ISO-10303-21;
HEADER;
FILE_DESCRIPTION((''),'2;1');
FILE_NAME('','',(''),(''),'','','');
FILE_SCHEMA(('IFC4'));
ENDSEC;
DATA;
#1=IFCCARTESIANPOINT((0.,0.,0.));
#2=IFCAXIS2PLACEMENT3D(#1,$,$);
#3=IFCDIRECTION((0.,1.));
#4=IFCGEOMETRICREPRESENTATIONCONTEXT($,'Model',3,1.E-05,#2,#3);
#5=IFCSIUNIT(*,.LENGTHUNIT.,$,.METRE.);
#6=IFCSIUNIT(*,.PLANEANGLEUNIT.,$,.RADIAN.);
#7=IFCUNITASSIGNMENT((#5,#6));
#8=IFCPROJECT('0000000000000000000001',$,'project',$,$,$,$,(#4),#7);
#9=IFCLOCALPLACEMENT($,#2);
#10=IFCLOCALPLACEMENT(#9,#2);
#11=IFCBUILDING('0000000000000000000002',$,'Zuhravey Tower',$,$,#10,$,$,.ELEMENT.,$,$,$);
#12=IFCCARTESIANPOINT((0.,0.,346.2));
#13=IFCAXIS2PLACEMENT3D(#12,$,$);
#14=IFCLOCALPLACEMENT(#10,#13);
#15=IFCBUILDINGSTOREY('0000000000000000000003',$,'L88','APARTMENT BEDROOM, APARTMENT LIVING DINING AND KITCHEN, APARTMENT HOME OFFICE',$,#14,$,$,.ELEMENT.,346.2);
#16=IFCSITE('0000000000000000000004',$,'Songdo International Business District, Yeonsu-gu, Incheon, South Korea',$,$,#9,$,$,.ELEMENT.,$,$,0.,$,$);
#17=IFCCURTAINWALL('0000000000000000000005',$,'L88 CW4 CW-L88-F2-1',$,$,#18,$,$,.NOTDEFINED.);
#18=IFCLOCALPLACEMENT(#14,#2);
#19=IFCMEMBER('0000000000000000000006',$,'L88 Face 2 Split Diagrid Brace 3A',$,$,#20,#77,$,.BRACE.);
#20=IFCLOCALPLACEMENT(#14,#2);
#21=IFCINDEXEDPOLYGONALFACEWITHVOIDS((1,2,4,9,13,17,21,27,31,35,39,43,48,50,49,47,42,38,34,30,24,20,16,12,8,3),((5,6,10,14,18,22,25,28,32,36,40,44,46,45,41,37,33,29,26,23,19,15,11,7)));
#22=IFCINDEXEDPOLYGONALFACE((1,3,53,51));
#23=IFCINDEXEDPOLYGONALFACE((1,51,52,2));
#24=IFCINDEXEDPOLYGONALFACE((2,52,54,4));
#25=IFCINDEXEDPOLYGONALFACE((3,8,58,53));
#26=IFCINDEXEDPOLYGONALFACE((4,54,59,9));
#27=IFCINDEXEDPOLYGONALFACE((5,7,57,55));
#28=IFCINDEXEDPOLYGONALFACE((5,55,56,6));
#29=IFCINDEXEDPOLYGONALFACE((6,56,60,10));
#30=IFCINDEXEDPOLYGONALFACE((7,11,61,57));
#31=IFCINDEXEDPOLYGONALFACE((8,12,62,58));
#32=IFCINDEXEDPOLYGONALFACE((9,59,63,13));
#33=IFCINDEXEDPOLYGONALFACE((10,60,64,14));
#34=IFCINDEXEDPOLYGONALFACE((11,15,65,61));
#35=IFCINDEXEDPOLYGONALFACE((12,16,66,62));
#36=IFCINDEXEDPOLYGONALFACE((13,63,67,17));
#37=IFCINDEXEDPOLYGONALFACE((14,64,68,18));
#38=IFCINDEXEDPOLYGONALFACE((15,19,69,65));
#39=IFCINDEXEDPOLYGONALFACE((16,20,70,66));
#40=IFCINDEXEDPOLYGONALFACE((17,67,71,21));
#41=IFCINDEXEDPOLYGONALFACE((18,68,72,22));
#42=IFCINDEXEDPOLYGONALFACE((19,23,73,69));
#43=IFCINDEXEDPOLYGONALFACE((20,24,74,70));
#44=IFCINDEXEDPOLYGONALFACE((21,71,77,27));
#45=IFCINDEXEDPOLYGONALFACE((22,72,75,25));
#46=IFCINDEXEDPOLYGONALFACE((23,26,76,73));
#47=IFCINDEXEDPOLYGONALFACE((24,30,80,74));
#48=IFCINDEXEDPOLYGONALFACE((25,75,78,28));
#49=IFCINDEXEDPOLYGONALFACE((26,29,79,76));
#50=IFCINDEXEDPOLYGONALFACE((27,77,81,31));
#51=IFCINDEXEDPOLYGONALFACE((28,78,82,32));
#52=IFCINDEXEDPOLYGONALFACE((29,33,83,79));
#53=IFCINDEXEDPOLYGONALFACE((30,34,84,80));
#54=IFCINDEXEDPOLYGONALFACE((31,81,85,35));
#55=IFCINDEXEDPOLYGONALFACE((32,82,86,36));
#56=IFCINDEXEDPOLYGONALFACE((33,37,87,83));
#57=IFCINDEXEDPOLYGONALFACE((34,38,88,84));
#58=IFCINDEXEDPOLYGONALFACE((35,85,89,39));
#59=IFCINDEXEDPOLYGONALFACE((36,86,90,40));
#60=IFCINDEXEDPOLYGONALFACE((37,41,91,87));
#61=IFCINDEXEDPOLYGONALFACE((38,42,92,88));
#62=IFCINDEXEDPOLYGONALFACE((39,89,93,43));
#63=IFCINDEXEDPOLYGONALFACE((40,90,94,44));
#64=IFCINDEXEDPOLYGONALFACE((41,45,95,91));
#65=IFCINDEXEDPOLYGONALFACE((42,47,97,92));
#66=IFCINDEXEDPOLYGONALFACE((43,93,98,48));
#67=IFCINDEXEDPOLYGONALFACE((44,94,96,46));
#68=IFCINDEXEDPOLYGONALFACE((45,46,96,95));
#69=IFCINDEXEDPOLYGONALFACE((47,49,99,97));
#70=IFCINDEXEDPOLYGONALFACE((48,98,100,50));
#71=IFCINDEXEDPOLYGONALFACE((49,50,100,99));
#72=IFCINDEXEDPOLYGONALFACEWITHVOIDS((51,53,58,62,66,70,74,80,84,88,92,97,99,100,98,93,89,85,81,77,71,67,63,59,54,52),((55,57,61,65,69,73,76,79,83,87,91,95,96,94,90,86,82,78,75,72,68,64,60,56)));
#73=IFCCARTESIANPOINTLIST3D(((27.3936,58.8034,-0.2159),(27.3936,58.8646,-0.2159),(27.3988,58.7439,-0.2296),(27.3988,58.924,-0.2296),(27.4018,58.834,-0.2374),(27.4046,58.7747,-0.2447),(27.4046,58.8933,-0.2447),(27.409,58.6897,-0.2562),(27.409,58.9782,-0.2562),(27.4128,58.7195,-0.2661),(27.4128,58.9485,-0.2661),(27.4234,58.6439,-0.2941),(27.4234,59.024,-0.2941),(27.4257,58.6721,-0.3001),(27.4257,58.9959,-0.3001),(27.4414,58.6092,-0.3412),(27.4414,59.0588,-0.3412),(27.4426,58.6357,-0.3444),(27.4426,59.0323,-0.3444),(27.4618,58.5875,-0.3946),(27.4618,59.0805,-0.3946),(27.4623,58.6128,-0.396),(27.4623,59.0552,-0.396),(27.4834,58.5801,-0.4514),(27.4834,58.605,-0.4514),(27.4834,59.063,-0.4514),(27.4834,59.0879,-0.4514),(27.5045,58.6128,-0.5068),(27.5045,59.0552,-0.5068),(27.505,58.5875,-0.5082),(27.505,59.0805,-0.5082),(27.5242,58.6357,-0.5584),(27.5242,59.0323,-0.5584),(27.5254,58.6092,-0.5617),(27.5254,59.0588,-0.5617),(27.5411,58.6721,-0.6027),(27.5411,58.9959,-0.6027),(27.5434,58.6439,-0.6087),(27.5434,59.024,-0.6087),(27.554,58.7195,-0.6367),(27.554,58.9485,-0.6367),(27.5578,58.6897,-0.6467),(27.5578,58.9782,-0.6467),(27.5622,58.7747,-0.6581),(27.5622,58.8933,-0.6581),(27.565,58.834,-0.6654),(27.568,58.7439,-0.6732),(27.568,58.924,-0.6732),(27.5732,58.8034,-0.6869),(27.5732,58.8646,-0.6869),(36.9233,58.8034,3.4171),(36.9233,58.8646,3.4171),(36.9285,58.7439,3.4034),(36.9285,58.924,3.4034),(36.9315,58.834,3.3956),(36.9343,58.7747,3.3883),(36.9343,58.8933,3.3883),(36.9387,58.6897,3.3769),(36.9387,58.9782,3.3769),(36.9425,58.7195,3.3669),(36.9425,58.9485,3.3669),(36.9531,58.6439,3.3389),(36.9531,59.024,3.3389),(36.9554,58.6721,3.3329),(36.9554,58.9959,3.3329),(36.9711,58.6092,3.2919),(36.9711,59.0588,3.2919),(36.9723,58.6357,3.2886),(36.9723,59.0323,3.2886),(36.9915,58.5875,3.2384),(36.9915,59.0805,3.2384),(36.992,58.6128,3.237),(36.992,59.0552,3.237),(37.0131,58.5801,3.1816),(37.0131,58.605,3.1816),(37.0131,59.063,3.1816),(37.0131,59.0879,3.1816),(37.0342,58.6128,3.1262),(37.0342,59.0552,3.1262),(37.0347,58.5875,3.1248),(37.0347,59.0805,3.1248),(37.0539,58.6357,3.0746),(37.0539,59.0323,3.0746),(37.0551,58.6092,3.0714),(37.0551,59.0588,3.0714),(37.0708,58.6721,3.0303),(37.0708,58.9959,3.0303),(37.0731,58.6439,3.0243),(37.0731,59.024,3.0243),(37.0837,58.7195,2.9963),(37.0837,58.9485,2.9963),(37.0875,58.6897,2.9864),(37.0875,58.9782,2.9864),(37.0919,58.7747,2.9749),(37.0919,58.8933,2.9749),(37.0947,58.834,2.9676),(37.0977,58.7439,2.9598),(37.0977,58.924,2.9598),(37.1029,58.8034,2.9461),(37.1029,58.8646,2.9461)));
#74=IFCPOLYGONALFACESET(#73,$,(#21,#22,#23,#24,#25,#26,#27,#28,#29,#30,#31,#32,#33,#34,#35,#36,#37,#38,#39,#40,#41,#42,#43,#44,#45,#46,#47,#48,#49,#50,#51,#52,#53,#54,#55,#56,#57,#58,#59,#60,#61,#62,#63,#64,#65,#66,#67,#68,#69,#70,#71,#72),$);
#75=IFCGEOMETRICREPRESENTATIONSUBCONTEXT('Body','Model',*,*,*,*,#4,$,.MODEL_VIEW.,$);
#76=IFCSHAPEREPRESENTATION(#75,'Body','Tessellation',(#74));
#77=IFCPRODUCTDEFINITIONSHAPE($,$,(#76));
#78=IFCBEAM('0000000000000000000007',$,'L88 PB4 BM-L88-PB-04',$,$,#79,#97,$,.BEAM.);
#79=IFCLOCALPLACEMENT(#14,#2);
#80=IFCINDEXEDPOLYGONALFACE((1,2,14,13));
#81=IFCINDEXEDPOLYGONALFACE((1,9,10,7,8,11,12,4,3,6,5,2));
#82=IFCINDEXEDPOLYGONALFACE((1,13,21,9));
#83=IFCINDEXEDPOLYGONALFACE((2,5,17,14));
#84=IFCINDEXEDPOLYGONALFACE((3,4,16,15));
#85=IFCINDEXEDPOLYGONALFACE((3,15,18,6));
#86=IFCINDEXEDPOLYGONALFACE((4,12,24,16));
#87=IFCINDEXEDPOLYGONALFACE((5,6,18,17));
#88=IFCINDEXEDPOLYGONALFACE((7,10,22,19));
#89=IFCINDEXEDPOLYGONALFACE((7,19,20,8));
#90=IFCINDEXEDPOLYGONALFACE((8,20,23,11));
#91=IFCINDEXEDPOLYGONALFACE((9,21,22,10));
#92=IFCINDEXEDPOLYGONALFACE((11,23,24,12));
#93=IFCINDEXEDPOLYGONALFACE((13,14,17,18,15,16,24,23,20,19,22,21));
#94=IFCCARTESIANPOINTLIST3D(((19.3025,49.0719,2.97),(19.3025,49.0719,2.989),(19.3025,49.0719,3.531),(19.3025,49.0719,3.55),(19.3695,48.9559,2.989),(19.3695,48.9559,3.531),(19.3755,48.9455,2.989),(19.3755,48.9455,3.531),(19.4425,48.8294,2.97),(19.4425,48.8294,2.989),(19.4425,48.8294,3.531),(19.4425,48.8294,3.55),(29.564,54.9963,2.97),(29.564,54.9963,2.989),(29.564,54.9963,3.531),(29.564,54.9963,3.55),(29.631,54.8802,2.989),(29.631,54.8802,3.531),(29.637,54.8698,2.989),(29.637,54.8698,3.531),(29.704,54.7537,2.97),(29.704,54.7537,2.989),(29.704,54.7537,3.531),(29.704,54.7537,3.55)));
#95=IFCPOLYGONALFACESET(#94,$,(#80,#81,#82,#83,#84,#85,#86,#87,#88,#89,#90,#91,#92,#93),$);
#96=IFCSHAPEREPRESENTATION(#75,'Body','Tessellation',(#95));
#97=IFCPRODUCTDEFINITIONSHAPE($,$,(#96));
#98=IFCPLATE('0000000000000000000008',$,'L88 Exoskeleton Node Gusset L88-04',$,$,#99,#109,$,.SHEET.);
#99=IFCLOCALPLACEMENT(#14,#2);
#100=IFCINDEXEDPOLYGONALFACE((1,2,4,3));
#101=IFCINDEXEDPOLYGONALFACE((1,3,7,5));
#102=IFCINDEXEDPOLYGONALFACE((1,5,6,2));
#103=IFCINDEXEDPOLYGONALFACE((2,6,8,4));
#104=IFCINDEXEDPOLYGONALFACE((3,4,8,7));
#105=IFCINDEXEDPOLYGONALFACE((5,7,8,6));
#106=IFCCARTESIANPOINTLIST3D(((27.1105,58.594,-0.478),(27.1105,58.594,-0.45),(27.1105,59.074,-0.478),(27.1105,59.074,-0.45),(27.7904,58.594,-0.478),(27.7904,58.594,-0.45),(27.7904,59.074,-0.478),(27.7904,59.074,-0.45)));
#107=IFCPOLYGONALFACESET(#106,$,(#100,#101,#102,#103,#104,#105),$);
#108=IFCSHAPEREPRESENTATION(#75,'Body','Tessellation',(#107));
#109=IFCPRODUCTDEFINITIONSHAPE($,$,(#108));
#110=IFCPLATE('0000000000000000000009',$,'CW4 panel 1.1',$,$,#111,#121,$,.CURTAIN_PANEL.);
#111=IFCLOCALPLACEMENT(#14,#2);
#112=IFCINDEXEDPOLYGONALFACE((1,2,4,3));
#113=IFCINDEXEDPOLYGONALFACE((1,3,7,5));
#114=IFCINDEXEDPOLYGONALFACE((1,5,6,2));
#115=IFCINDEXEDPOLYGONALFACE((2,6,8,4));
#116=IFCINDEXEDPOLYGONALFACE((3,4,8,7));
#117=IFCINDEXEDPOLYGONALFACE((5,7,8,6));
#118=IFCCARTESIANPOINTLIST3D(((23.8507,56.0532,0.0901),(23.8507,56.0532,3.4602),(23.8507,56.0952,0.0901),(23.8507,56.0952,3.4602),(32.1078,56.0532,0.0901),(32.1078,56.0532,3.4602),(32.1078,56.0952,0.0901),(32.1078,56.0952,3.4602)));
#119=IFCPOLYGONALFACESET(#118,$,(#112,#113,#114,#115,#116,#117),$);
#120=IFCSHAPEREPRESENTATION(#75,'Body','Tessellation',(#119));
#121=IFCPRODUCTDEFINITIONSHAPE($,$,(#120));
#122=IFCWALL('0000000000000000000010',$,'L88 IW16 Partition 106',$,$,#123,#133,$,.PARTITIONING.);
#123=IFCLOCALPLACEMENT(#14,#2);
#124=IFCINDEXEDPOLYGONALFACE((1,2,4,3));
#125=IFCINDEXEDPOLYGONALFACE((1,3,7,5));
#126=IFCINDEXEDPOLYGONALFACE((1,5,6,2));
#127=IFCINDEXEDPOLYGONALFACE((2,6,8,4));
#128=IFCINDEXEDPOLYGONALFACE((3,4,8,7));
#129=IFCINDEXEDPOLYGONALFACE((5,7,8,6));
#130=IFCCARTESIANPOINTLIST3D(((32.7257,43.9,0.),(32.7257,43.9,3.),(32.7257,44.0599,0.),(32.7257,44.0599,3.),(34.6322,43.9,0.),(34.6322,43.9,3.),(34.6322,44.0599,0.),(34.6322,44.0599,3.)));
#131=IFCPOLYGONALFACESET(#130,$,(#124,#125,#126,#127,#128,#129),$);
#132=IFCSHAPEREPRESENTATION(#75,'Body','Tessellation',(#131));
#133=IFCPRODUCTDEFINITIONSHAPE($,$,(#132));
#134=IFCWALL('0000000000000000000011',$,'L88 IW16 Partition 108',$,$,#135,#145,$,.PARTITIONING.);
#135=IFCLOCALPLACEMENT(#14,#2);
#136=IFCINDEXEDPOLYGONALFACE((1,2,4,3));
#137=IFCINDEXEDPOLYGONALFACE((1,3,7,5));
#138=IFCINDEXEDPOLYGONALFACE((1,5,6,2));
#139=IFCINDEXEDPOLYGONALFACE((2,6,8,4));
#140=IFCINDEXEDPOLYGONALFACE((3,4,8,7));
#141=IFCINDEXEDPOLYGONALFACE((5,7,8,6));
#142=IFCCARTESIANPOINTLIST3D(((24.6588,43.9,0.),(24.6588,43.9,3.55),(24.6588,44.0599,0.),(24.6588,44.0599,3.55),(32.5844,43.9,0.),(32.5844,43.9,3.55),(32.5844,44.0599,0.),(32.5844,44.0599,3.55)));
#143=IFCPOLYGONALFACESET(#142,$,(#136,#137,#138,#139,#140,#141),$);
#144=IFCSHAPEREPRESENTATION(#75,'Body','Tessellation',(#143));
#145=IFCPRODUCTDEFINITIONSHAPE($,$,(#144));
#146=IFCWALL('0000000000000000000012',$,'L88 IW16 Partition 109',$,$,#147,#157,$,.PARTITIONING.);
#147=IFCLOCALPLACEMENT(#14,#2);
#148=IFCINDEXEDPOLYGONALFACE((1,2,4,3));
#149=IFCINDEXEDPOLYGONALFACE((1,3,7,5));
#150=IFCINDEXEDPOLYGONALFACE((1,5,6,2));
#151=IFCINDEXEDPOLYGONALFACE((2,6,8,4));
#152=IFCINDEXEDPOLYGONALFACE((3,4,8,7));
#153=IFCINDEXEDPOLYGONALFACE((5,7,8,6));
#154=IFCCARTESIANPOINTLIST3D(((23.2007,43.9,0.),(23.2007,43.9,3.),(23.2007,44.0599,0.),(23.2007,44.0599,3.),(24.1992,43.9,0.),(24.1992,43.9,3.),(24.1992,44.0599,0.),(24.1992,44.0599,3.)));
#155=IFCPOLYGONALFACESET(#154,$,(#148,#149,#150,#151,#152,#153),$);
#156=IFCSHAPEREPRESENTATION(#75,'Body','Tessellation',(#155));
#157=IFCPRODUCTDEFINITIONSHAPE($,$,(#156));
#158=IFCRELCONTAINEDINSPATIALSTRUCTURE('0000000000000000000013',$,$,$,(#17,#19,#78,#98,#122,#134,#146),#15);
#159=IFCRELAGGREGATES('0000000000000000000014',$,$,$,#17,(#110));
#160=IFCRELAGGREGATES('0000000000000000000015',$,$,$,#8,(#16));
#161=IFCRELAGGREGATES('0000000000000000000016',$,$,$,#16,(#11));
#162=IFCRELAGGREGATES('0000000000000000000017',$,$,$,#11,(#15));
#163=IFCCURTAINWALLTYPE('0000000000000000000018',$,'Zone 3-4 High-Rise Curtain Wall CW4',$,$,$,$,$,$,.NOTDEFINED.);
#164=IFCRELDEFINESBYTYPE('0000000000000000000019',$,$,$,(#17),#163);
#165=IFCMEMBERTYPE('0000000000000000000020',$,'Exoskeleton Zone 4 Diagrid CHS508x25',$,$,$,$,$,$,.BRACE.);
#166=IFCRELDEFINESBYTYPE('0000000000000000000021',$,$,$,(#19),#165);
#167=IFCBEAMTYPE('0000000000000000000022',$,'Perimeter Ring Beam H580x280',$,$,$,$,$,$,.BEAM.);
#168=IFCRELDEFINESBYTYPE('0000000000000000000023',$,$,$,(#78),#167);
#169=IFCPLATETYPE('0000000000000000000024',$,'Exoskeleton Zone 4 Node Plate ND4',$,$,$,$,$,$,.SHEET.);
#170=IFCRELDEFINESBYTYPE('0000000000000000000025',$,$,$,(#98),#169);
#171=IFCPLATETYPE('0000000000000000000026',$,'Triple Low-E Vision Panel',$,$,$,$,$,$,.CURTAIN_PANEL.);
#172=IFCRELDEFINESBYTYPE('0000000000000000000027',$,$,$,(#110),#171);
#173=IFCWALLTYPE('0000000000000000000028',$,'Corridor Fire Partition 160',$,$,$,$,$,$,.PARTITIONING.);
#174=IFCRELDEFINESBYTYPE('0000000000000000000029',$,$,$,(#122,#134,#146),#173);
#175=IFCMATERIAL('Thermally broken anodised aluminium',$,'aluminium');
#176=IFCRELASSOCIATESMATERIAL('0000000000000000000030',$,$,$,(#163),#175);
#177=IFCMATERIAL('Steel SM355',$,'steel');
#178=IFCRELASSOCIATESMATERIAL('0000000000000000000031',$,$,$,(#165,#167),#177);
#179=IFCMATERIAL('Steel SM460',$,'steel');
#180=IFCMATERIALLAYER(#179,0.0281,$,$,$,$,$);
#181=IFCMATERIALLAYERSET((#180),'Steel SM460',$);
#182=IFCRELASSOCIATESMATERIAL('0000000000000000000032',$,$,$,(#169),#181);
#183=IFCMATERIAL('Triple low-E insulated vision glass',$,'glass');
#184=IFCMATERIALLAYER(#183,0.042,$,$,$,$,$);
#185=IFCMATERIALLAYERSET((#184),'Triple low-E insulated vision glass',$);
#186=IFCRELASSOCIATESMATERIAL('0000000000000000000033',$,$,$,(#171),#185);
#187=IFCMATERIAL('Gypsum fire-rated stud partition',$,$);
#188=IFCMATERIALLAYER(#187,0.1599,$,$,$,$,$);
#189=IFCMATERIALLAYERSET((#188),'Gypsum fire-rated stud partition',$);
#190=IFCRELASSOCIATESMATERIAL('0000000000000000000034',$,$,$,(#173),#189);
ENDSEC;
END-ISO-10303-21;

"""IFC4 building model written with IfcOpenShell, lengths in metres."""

from ifc_helpers import new_model, si_unit, direction, frame, frame_2d, origin, origin_2d, place, context, subcontext, project, spatial, rectangle, hollow_circle, i_section, extrude, material, layer, layer_set, material_profile, profile_set, type_object, element, aggregate, save


model = new_model("IFC4")

# Units and contexts
model_context = context("Model", 3, precision=1e-05, world=origin(), true_north=direction((0.0, 1.0)))
body_context = subcontext(model_context, "Body", "Model", "MODEL_VIEW")
ifc_project = project(units=[si_unit("LENGTHUNIT", "METRE"), si_unit("PLANEANGLEUNIT", "RADIAN")], contexts=[model_context])

# Site, building, storey
site_placement = place(None, origin())
site = spatial("IfcSite", under=ifc_project, at=site_placement, Name="Songdo International Business District, Yeonsu-gu, Incheon, South Korea", CompositionType="ELEMENT", RefElevation=0.0)
building_placement = place(site_placement, origin())
building = spatial("IfcBuilding", under=site, at=building_placement, Name="Zuhravey Tower", CompositionType="ELEMENT")
storey_placement = place(building_placement, frame((0.0, 0.0, 346.2)))
storey = spatial("IfcBuildingStorey", under=building, at=storey_placement, Name="L88", Description="APARTMENT BEDROOM, APARTMENT LIVING DINING AND KITCHEN, APARTMENT HOME OFFICE", CompositionType="ELEMENT", Elevation=346.2)

# Curtain wall
ifc_material_1 = material(Name="Thermally broken anodised aluminium", Category="aluminium")
curtain_wall_type = type_object("IfcCurtainWallType", Name="Zone 3-4 High-Rise Curtain Wall CW4", PredefinedType="NOTDEFINED", material=ifc_material_1)
curtain_wall_1_placement = place(storey_placement, origin())
curtain_wall_1 = element("IfcCurtainWall", 1, at=curtain_wall_1_placement, inside=storey, type_object=curtain_wall_type, Name="L88 CW4 CW-L88-F2-1", PredefinedType="NOTDEFINED")

# Member
ifc_material_2 = material(Name="Steel SM355", Category="steel")
ifc_material_profile_1 = material_profile(ifc_material_2, hollow_circle(Radius=0.2539, WallThickness=0.0249, at=origin_2d()), Name="CHS-508.0x25")
ifc_profile_set_1 = profile_set([ifc_material_profile_1], Name="Steel SM355")
member_type_1 = type_object("IfcMemberType", Name="Exoskeleton Zone 4 Diagrid CHS508x25", PredefinedType="BRACE", material=ifc_profile_set_1)
member_1_placement = place(storey_placement, frame((27.4834, 58.834, -0.4514), z_axis=(0.934401, 0.0, 0.356223), x_axis=(0.0, 1.0, 0.0)))
element("IfcMember", 2, at=member_1_placement, inside=storey, type_object=member_type_1, Name="L88 Face 2 Split Diagrid Brace 3A", PredefinedType="BRACE", context=body_context, shape_type="SweptSolid", body=[
    extrude(hollow_circle(Radius=0.2539, WallThickness=0.0249, at=origin_2d()), origin(), (0.0, 0.0, 1.0), 10.1987),
])

# Beam
ifc_material_profile_2 = material_profile(ifc_material_2, i_section(OverallWidth=0.28, OverallDepth=0.5801, WebThickness=0.012, FlangeThickness=0.019, at=origin_2d()), Name="H-580x280x12x19")
ifc_profile_set_2 = profile_set([ifc_material_profile_2], Name="Steel SM355")
beam_type = type_object("IfcBeamType", Name="Perimeter Ring Beam H580x280", PredefinedType="BEAM", material=ifc_profile_set_2)
beam_placement = place(storey_placement, frame((29.634, 54.875, 3.26), z_axis=(-0.866031, -0.499991, 0.0), x_axis=(0.499991, -0.866031, 0.0)))
element("IfcBeam", 3, at=beam_placement, inside=storey, type_object=beam_type, Name="L88 PB4 BM-L88-PB-04", PredefinedType="BEAM", context=body_context, shape_type="SweptSolid", body=[
    extrude(i_section(OverallWidth=0.28, OverallDepth=0.5801, WebThickness=0.012, FlangeThickness=0.019, at=origin_2d()), origin(), (0.0, 0.0, 1.0), 11.8489),
])

# Plates
ifc_material_3 = material(Name="Steel SM460", Category="steel")
ifc_layer_1 = layer(ifc_material_3, 0.0281)
ifc_layer_set_1 = layer_set([ifc_layer_1], Name="Steel SM460")
plate_type_1 = type_object("IfcPlateType", Name="Exoskeleton Zone 4 Node Plate ND4", PredefinedType="SHEET", material=ifc_layer_set_1)
plate_1_placement = place(storey_placement, frame((27.4504, 58.834, -0.478), z_axis=(0.0, 0.0, 1.0), x_axis=(-1.0, 0.0, 0.0)))
element("IfcPlate", 4, at=plate_1_placement, inside=storey, type_object=plate_type_1, Name="L88 Exoskeleton Node Gusset L88-04", PredefinedType="SHEET", context=body_context, shape_type="SweptSolid", body=[
    extrude(rectangle(XDim=0.6799, YDim=0.48, at=origin_2d()), origin(), (0.0, 0.0, 1.0), 0.0281),
])
ifc_material_4 = material(Name="Triple low-E insulated vision glass", Category="glass")
ifc_layer_2 = layer(ifc_material_4, 0.042)
ifc_layer_set_2 = layer_set([ifc_layer_2], Name="Triple low-E insulated vision glass")
plate_type_2 = type_object("IfcPlateType", Name="Triple Low-E Vision Panel", PredefinedType="CURTAIN_PANEL", material=ifc_layer_set_2)
plate_2_placement = place(storey_placement, frame((27.9792, 56.0742, 0.0901), z_axis=(0.0, 0.0, 1.0), x_axis=(1.0, 0.0, 0.0)))
plate_2 = element("IfcPlate", 5, at=plate_2_placement, type_object=plate_type_2, Name="CW4 panel 1.1", PredefinedType="CURTAIN_PANEL", context=body_context, shape_type="SweptSolid", body=[
    extrude(rectangle(XDim=8.2571, YDim=0.042, at=origin_2d()), origin(), (0.0, 0.0, 1.0), 3.3701),
])
aggregate(curtain_wall_1, [plate_2])

# Walls
ifc_material_5 = material(Name="Gypsum fire-rated stud partition")
ifc_layer_3 = layer(ifc_material_5, 0.1599)
ifc_layer_set_3 = layer_set([ifc_layer_3], Name="Gypsum fire-rated stud partition")
wall_type_1 = type_object("IfcWallType", Name="Corridor Fire Partition 160", PredefinedType="PARTITIONING", material=ifc_layer_set_3)
wall_1_placement = place(storey_placement, frame((34.6321, 43.98, 0.0), z_axis=(0.0, 0.0, 1.0), x_axis=(-1.0, 0.0, 0.0)))
element("IfcWall", 6, at=wall_1_placement, inside=storey, type_object=wall_type_1, Name="L88 IW16 Partition 106", PredefinedType="PARTITIONING", context=body_context, shape_type="SweptSolid", body=[
    extrude(rectangle(XDim=1.9065, YDim=0.1599, at=frame_2d((0.9531, 0.0))), origin(), (0.0, 0.0, 1.0), 3.0),
])
wall_2_placement = place(storey_placement, frame((32.5845, 43.98, 0.0), z_axis=(0.0, 0.0, 1.0), x_axis=(-1.0, 0.0, 0.0)))
element("IfcWall", 7, at=wall_2_placement, inside=storey, type_object=wall_type_1, Name="L88 IW16 Partition 108", PredefinedType="PARTITIONING", context=body_context, shape_type="SweptSolid", body=[
    extrude(rectangle(XDim=7.9255, YDim=0.1599, at=frame_2d((3.9629, 0.0))), origin(), (0.0, 0.0, 1.0), 3.55),
])
wall_3_placement = place(storey_placement, frame((24.1992, 43.98, 0.0), z_axis=(0.0, 0.0, 1.0), x_axis=(-1.0, 0.0, 0.0)))
element("IfcWall", 8, at=wall_3_placement, inside=storey, type_object=wall_type_1, Name="L88 IW16 Partition 109", PredefinedType="PARTITIONING", context=body_context, shape_type="SweptSolid", body=[
    extrude(rectangle(XDim=0.9985, YDim=0.1599, at=frame_2d((0.4993, 0.0))), origin(), (0.0, 0.0, 1.0), 3.0),
])

save(model, "model.ifc")
